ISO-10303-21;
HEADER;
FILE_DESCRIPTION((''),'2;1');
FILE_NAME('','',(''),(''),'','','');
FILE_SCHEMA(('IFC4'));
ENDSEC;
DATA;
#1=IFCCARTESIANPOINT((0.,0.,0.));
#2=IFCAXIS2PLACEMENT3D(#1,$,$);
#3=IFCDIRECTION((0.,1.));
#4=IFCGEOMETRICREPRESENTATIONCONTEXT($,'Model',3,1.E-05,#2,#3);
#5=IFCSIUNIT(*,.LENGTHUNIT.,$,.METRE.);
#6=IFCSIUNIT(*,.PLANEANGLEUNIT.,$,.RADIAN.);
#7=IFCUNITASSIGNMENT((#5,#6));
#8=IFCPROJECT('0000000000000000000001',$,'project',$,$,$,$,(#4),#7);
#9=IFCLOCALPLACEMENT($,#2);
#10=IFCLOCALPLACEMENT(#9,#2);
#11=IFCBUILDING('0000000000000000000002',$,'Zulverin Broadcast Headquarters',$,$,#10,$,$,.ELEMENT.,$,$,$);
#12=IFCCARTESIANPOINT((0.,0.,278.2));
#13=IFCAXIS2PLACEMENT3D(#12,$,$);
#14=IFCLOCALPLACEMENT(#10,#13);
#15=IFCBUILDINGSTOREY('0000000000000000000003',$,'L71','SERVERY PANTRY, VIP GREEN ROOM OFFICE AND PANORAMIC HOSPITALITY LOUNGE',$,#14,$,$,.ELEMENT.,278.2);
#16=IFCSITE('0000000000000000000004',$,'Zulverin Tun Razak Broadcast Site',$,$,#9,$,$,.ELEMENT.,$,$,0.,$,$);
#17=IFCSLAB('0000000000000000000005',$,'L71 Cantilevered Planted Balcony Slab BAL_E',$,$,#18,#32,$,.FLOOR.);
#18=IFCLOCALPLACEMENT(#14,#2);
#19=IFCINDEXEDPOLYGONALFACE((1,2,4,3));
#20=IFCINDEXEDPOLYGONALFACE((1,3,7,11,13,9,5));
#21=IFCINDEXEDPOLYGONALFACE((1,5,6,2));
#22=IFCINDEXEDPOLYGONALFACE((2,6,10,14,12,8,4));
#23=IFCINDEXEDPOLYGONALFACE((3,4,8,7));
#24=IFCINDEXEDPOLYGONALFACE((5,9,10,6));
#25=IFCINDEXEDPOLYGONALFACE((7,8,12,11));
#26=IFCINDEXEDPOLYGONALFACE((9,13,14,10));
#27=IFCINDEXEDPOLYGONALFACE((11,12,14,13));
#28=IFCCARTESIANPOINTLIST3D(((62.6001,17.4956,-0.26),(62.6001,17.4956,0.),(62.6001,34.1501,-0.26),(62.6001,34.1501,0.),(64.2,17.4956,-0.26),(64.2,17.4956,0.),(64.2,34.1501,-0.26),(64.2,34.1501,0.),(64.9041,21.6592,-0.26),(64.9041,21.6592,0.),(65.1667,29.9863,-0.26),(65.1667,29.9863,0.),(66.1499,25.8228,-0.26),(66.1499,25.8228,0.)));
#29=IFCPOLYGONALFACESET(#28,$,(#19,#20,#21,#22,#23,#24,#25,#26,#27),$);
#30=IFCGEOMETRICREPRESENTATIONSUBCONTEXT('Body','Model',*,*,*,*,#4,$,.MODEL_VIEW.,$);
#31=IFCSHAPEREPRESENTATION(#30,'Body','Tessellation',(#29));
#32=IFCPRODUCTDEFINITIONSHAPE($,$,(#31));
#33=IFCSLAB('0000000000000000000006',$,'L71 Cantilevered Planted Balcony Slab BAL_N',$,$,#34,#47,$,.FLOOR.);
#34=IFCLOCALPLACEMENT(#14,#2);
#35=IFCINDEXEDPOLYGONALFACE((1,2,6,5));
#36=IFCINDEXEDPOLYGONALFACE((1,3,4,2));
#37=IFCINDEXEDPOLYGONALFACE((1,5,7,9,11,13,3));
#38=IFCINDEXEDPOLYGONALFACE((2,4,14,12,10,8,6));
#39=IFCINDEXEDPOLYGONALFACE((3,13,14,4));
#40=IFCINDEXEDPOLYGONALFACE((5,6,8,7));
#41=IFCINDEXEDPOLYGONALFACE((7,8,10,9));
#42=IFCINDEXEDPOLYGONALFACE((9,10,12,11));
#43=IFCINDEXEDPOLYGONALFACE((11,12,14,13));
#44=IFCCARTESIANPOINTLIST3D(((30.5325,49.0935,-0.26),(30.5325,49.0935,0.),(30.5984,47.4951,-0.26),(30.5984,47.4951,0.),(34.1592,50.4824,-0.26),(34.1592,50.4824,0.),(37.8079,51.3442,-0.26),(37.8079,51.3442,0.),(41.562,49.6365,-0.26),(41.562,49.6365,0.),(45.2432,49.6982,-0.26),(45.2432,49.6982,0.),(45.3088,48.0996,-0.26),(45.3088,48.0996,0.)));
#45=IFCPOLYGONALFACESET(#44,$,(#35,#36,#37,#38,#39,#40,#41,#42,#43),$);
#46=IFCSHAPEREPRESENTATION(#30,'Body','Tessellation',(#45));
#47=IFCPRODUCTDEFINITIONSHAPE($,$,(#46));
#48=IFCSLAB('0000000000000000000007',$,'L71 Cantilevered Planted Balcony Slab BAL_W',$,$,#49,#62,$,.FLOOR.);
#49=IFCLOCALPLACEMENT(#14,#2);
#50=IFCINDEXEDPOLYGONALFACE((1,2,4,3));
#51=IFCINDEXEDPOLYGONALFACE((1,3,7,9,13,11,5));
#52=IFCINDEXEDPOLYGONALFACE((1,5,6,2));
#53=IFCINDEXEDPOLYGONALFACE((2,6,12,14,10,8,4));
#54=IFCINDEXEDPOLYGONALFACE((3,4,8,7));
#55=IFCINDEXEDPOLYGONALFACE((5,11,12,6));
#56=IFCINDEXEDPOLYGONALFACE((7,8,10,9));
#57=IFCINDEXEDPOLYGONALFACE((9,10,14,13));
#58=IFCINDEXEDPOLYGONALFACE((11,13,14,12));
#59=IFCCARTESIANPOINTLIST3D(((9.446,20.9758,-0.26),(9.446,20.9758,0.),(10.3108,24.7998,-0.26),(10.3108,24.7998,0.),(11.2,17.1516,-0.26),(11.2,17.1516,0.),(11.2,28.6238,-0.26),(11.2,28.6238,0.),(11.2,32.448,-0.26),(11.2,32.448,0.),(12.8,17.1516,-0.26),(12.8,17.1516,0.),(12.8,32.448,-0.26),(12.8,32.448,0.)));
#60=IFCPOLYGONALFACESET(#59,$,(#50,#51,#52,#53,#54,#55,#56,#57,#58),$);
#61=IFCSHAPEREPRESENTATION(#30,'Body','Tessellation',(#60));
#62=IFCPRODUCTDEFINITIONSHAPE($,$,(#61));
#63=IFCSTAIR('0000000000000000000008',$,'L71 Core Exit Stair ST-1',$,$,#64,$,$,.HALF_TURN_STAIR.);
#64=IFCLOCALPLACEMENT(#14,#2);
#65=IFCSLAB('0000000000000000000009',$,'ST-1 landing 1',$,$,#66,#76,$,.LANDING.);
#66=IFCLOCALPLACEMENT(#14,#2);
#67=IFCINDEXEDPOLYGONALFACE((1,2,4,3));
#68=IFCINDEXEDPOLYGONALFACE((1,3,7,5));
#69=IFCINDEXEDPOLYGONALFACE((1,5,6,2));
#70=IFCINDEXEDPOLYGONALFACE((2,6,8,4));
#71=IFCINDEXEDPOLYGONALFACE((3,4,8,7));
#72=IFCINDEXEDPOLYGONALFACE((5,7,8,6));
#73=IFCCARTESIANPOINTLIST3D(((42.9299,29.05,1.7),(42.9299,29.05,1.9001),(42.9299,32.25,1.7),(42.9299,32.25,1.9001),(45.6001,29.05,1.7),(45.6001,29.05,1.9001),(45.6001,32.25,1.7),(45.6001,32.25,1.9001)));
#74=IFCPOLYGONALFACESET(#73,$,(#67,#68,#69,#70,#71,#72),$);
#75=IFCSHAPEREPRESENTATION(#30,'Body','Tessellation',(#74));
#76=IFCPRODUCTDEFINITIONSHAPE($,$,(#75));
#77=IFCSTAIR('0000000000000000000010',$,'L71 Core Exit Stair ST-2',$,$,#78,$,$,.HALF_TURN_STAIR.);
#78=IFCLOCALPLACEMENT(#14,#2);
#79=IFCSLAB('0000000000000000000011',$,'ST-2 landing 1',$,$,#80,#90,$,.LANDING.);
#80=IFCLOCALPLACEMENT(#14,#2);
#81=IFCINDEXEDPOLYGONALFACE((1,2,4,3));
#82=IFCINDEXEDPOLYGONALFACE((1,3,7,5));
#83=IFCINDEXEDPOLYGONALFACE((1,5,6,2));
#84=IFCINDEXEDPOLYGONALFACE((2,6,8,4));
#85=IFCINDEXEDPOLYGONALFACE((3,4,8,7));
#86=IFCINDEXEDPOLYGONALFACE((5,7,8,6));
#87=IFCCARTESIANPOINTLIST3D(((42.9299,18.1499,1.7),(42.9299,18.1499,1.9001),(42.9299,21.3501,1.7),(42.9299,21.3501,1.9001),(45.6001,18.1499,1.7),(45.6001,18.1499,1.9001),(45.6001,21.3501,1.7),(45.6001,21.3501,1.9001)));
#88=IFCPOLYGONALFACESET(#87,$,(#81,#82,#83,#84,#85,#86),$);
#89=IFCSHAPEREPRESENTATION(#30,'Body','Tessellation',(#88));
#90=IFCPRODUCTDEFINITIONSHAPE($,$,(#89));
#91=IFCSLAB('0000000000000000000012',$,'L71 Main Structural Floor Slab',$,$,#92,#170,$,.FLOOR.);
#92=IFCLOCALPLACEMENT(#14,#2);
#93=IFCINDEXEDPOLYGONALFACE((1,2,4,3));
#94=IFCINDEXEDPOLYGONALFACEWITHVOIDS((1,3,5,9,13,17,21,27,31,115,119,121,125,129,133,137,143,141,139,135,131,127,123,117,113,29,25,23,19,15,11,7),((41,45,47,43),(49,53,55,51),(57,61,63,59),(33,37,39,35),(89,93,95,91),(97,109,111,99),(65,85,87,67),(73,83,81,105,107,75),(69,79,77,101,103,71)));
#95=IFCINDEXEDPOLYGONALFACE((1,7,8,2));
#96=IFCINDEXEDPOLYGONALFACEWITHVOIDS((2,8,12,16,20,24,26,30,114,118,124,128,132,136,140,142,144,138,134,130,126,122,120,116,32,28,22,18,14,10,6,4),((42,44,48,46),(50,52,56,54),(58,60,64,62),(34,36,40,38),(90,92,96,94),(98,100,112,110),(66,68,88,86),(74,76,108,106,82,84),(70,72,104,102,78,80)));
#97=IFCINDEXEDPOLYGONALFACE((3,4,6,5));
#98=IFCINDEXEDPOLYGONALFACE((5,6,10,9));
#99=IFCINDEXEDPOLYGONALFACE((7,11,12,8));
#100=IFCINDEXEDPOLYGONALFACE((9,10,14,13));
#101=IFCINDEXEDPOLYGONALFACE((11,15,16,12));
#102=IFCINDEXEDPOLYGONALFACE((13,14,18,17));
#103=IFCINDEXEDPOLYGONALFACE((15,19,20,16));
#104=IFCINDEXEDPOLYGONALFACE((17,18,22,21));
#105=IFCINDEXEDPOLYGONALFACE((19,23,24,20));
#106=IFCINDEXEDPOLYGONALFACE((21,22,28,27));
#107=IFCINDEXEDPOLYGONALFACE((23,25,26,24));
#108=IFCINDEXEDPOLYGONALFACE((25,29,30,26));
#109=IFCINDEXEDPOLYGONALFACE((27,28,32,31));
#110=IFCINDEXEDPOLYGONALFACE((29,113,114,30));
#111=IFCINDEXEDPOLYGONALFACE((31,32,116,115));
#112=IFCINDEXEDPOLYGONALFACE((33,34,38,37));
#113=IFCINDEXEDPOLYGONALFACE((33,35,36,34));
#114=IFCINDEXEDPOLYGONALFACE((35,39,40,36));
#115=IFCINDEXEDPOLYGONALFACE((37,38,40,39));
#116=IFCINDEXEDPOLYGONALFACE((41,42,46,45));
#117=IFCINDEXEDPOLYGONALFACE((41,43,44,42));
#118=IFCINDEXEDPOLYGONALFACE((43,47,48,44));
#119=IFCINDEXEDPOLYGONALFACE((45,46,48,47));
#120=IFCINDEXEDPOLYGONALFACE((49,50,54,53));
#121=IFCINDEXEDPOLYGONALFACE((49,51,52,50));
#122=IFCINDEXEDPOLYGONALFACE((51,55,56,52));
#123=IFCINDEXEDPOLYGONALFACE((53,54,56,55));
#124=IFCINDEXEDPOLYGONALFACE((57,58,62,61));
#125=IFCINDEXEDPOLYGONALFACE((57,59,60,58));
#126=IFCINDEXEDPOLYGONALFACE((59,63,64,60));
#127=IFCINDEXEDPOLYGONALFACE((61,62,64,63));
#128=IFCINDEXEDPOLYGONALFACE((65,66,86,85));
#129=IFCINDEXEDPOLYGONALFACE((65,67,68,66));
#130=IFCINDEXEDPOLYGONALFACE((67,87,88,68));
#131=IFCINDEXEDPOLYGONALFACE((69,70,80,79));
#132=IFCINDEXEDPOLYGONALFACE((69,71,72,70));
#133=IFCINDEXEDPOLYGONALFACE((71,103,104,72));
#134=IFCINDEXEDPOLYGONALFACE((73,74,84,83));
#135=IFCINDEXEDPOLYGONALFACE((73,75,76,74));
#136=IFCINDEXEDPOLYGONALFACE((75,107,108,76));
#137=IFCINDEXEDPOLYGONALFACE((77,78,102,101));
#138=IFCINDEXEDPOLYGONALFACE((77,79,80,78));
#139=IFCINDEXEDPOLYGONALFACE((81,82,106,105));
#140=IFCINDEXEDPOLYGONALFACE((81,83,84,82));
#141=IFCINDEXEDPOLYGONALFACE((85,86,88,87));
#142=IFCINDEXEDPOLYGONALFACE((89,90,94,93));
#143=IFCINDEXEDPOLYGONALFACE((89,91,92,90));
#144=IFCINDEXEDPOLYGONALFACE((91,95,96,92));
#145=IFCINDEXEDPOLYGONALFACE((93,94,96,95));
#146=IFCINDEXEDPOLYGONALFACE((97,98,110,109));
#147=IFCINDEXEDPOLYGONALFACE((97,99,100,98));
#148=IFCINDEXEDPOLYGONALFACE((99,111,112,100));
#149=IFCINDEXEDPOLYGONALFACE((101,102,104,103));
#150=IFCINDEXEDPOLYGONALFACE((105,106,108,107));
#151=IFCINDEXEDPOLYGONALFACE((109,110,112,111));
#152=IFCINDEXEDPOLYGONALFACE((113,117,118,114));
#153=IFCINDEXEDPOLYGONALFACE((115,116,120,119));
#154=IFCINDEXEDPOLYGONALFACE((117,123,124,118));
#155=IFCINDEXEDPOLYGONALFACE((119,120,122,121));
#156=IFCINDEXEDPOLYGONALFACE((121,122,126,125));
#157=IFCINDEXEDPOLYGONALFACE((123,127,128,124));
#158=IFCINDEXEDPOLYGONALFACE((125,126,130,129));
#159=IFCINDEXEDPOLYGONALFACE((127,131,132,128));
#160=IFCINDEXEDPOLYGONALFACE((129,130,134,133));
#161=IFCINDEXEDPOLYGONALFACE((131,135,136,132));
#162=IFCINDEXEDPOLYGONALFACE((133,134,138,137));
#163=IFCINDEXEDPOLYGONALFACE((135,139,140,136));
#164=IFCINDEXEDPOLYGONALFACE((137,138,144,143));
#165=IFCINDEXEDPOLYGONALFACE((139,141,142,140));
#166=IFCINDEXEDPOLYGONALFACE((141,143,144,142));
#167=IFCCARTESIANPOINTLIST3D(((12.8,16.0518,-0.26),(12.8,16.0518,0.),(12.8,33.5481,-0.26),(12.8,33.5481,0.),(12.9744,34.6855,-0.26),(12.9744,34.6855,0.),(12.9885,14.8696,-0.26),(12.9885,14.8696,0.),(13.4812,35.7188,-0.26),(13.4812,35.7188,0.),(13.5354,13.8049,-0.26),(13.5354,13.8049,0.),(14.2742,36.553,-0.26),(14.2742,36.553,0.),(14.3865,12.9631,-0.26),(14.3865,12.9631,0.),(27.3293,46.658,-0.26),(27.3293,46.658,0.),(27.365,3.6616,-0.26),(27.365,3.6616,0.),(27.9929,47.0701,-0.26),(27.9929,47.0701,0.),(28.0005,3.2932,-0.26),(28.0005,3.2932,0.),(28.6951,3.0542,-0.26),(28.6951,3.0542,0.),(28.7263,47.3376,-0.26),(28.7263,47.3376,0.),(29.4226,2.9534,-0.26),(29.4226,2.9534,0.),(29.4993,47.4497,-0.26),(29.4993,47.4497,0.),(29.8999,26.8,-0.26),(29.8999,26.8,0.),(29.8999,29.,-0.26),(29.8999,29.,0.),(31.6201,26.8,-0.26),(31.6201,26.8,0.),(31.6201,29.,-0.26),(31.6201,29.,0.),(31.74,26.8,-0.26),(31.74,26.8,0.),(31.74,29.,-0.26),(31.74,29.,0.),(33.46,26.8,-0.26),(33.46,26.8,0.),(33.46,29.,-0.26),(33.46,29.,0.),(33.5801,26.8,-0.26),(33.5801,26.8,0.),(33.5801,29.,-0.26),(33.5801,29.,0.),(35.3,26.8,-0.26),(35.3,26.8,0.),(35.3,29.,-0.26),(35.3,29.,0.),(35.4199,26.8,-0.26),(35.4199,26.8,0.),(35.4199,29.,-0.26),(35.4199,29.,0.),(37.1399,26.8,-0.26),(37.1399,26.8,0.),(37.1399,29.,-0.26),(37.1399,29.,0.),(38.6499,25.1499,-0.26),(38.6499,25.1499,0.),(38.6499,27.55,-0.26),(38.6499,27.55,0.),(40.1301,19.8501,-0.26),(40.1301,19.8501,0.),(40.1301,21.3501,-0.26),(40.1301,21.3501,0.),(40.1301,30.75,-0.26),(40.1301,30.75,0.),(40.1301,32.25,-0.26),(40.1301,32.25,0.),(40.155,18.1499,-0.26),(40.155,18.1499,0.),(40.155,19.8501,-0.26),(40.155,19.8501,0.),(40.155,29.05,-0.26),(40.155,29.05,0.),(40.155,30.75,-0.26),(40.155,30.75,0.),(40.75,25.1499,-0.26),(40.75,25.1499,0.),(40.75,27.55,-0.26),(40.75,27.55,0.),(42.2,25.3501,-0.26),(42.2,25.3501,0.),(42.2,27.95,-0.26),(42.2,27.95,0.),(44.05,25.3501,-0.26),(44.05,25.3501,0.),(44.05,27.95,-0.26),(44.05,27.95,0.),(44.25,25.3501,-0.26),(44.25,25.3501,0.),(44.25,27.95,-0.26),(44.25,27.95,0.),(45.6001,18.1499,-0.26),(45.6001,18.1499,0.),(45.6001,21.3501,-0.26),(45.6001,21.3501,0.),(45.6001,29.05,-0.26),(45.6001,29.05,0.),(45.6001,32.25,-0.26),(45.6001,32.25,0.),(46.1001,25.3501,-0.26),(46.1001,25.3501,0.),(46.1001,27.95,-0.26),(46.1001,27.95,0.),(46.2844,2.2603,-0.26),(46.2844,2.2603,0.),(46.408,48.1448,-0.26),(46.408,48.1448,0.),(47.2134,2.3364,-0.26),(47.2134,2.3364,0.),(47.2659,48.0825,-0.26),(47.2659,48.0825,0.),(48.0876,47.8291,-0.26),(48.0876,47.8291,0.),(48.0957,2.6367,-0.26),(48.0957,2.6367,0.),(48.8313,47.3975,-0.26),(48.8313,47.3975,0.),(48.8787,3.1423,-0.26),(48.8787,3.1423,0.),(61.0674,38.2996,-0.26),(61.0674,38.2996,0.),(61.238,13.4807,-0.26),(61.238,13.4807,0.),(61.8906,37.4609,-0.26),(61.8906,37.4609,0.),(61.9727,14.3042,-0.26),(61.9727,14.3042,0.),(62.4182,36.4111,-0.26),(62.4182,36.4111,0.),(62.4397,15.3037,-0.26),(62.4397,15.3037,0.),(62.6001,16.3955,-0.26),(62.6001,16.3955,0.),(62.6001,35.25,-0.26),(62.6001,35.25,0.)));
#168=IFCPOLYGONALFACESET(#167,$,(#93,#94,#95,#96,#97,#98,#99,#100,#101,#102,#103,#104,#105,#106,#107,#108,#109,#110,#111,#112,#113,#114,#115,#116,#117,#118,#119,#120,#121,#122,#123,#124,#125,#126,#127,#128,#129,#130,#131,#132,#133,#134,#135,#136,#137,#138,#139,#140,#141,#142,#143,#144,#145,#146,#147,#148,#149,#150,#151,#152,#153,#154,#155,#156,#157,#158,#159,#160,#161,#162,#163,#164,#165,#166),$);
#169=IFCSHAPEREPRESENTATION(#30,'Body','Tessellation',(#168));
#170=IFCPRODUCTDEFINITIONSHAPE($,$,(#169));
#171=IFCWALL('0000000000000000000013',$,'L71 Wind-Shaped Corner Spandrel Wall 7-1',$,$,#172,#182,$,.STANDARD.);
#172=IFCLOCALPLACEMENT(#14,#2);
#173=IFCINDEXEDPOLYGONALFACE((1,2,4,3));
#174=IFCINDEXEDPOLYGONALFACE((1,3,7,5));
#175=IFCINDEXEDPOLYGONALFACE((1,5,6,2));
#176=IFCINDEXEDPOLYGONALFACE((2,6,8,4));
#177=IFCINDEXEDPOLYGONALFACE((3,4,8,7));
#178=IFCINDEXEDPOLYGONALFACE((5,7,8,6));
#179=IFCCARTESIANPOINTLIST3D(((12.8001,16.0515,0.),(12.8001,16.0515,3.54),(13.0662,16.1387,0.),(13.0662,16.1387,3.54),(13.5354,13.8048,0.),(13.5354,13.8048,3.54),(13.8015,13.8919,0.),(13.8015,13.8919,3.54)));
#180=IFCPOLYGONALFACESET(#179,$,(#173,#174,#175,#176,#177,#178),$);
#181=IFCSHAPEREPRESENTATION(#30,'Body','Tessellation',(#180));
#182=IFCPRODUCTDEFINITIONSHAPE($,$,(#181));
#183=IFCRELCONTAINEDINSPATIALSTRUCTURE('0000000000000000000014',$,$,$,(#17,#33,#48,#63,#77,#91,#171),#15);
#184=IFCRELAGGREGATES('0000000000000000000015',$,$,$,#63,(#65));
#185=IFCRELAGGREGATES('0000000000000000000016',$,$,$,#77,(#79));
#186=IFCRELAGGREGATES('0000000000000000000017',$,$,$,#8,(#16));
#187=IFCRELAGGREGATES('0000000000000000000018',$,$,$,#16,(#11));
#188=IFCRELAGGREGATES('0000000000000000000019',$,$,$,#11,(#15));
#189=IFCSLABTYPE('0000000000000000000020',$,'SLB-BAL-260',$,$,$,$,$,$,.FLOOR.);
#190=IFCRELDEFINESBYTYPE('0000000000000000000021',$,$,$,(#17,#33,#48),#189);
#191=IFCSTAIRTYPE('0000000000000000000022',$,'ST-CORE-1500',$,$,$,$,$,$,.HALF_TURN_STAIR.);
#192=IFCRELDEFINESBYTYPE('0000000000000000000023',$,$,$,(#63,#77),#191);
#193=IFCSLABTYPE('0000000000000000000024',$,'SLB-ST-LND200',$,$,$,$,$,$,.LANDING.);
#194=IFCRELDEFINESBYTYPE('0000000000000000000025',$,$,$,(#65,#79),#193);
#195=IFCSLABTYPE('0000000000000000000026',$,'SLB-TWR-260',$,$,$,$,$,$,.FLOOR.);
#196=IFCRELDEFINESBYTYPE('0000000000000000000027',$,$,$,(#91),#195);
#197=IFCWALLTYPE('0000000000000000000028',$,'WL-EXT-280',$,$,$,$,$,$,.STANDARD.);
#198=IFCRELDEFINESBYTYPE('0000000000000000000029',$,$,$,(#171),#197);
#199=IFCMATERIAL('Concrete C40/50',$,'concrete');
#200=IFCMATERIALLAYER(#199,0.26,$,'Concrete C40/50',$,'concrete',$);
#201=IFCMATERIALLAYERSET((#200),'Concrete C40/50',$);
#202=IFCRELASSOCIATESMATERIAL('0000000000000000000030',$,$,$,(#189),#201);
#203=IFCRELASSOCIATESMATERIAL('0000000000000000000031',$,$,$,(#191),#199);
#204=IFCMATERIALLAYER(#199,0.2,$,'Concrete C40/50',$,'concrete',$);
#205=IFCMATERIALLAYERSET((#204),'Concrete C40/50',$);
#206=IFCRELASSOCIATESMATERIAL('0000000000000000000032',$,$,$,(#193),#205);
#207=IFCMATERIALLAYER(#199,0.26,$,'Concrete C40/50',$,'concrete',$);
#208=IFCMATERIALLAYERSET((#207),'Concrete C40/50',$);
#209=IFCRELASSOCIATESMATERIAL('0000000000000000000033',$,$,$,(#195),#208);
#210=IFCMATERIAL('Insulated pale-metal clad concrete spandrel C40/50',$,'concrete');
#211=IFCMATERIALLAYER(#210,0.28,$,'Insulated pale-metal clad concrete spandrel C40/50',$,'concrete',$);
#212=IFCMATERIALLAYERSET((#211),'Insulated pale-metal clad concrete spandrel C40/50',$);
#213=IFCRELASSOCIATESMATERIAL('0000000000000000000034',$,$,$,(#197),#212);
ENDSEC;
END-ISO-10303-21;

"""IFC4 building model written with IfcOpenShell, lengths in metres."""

from ifc_helpers import new_model, si_unit, direction, frame, frame_2d, origin, place, context, subcontext, project, spatial, polyline, rectangle, outline, extrude, material, layer, layer_set, type_object, element, aggregate, save


model = new_model("IFC4")

# Units and contexts
model_context = context("Model", 3, precision=1e-05, world=origin(), true_north=direction((0.0, 1.0)))
body_context = subcontext(model_context, "Body", "Model", "MODEL_VIEW")
ifc_project = project(units=[si_unit("LENGTHUNIT", "METRE"), si_unit("PLANEANGLEUNIT", "RADIAN")], contexts=[model_context])

# Site, building, storey
site_placement = place(None, origin())
site = spatial("IfcSite", under=ifc_project, at=site_placement, Name="Zulverin Tun Razak Broadcast Site", CompositionType="ELEMENT", RefElevation=0.0)
building_placement = place(site_placement, origin())
building = spatial("IfcBuilding", under=site, at=building_placement, Name="Zulverin Broadcast Headquarters", CompositionType="ELEMENT")
storey_placement = place(building_placement, frame((0.0, 0.0, 278.2)))
storey = spatial("IfcBuildingStorey", under=building, at=storey_placement, Name="L71", Description="SERVERY PANTRY, VIP GREEN ROOM OFFICE AND PANORAMIC HOSPITALITY LOUNGE", CompositionType="ELEMENT", Elevation=278.2)

# Slabs
ifc_material_1 = material(Name="Concrete C40/50", Category="concrete")
ifc_layer_1 = layer(ifc_material_1, 0.26, Name="Concrete C40/50", Category="concrete")
ifc_layer_set_1 = layer_set([ifc_layer_1], Name="Concrete C40/50")
slab_type_1 = type_object("IfcSlabType", Name="SLB-BAL-260", PredefinedType="FLOOR", material=ifc_layer_set_1)
slab_1_placement = place(storey_placement, frame((0.0, 0.0, -0.26)))
element("IfcSlab", 1, at=slab_1_placement, inside=storey, type_object=slab_type_1, Name="L71 Cantilevered Planted Balcony Slab BAL_E", PredefinedType="FLOOR", context=body_context, shape_type="SweptSolid", body=[
    extrude(outline(polyline([(62.6001, 34.1501), (62.6001, 17.4956), (64.2, 17.4956), (64.9041, 21.6592), (66.1499, 25.8228), (65.1667, 29.9863), (64.2, 34.1501), (62.6001, 34.1501)])), origin(), (0.0, 0.0, 1.0), 0.26),
])
slab_2_placement = place(storey_placement, frame((0.0, 0.0, -0.26)))
element("IfcSlab", 2, at=slab_2_placement, inside=storey, type_object=slab_type_1, Name="L71 Cantilevered Planted Balcony Slab BAL_N", PredefinedType="FLOOR", context=body_context, shape_type="SweptSolid", body=[
    extrude(outline(polyline([(30.5984, 47.4951), (45.3088, 48.0996), (45.2432, 49.6982), (41.562, 49.6365), (37.8079, 51.3442), (34.1592, 50.4824), (30.5325, 49.0935), (30.5984, 47.4951)])), origin(), (0.0, 0.0, 1.0), 0.26),
])
slab_3_placement = place(storey_placement, frame((0.0, 0.0, -0.26)))
element("IfcSlab", 3, at=slab_3_placement, inside=storey, type_object=slab_type_1, Name="L71 Cantilevered Planted Balcony Slab BAL_W", PredefinedType="FLOOR", context=body_context, shape_type="SweptSolid", body=[
    extrude(outline(polyline([(12.8, 17.1516), (12.8, 32.448), (11.2, 32.448), (11.2, 28.6238), (10.3108, 24.7998), (9.446, 20.9758), (11.2, 17.1516), (12.8, 17.1516)])), origin(), (0.0, 0.0, 1.0), 0.26),
])

# Stairs, slabs
stair_type = type_object("IfcStairType", Name="ST-CORE-1500", PredefinedType="HALF_TURN_STAIR", material=ifc_material_1)
stair_1_placement = place(storey_placement, origin())
stair_1 = element("IfcStair", 4, at=stair_1_placement, inside=storey, type_object=stair_type, Name="L71 Core Exit Stair ST-1", PredefinedType="HALF_TURN_STAIR")
ifc_layer_2 = layer(ifc_material_1, 0.2, Name="Concrete C40/50", Category="concrete")
ifc_layer_set_2 = layer_set([ifc_layer_2], Name="Concrete C40/50")
slab_type_2 = type_object("IfcSlabType", Name="SLB-ST-LND200", PredefinedType="LANDING", material=ifc_layer_set_2)
slab_4_placement = place(storey_placement, frame((0.0, 0.0, 1.7)))
slab_4 = element("IfcSlab", 5, at=slab_4_placement, type_object=slab_type_2, Name="ST-1 landing 1", PredefinedType="LANDING", context=body_context, shape_type="SweptSolid", body=[
    extrude(outline(polyline([(42.9299, 29.05), (45.6001, 29.05), (45.6001, 32.25), (42.9299, 32.25), (42.9299, 29.05)])), origin(), (0.0, 0.0, 1.0), 0.2002),
])
aggregate(stair_1, [slab_4])
stair_2_placement = place(storey_placement, origin())
stair_2 = element("IfcStair", 6, at=stair_2_placement, inside=storey, type_object=stair_type, Name="L71 Core Exit Stair ST-2", PredefinedType="HALF_TURN_STAIR")
slab_5_placement = place(storey_placement, frame((0.0, 0.0, 1.7)))
slab_5 = element("IfcSlab", 7, at=slab_5_placement, type_object=slab_type_2, Name="ST-2 landing 1", PredefinedType="LANDING", context=body_context, shape_type="SweptSolid", body=[
    extrude(outline(polyline([(42.9299, 18.1499), (45.6001, 18.1499), (45.6001, 21.3501), (42.9299, 21.3501), (42.9299, 18.1499)])), origin(), (0.0, 0.0, 1.0), 0.2002),
])
aggregate(stair_2, [slab_5])

# Slab
ifc_layer_3 = layer(ifc_material_1, 0.26, Name="Concrete C40/50", Category="concrete")
ifc_layer_set_3 = layer_set([ifc_layer_3], Name="Concrete C40/50")
slab_type_3 = type_object("IfcSlabType", Name="SLB-TWR-260", PredefinedType="FLOOR", material=ifc_layer_set_3)
slab_6_placement = place(storey_placement, frame((0.0, 0.0, -0.26)))
element("IfcSlab", 8, at=slab_6_placement, inside=storey, type_object=slab_type_3, Name="L71 Main Structural Floor Slab", PredefinedType="FLOOR", context=body_context, shape_type="SweptSolid", body=[
    extrude(outline(polyline([(27.365, 3.6616), (28.0005, 3.2932), (28.6951, 3.0542), (29.4226, 2.9534), (46.2844, 2.2603), (47.2134, 2.3364), (48.0957, 2.6367), (48.8787, 3.1423), (61.238, 13.4807), (61.9727, 14.3042), (62.4397, 15.3037), (62.6001, 16.3955), (62.6001, 35.25), (62.4182, 36.4111), (61.8906, 37.4609), (61.0674, 38.2996), (48.8313, 47.3975), (48.0876, 47.8291), (47.2659, 48.0825), (46.408, 48.1448), (29.4993, 47.4497), (28.7263, 47.3376), (27.9929, 47.0701), (27.3293, 46.658), (14.2742, 36.553), (13.4812, 35.7188), (12.9744, 34.6855), (12.8, 33.5481), (12.8, 16.0518), (12.9885, 14.8696), (13.5354, 13.8049), (14.3865, 12.9631), (27.365, 3.6616)]), holes=[polyline([(40.155, 30.75), (40.1301, 30.75), (40.1301, 32.25), (45.6001, 32.25), (45.6001, 29.05), (40.155, 29.05), (40.155, 30.75)]), polyline([(40.155, 19.8501), (40.1301, 19.8501), (40.1301, 21.3501), (45.6001, 21.3501), (45.6001, 18.1499), (40.155, 18.1499), (40.155, 19.8501)]), polyline([(29.8999, 26.8), (31.6201, 26.8), (31.6201, 29.0), (29.8999, 29.0), (29.8999, 26.8)]), polyline([(31.74, 26.8), (33.46, 26.8), (33.46, 29.0), (31.74, 29.0), (31.74, 26.8)]), polyline([(33.5801, 26.8), (35.3, 26.8), (35.3, 29.0), (33.5801, 29.0), (33.5801, 26.8)]), polyline([(35.4199, 26.8), (37.1399, 26.8), (37.1399, 29.0), (35.4199, 29.0), (35.4199, 26.8)]), polyline([(42.2, 25.3501), (44.05, 25.3501), (44.05, 27.95), (42.2, 27.95), (42.2, 25.3501)]), polyline([(44.25, 25.3501), (46.1001, 25.3501), (46.1001, 27.95), (44.25, 27.95), (44.25, 25.3501)]), polyline([(38.6499, 25.1499), (40.75, 25.1499), (40.75, 27.55), (38.6499, 27.55), (38.6499, 25.1499)])]), origin(), (0.0, 0.0, 1.0), 0.26),
])

# Wall
ifc_material_2 = material(Name="Insulated pale-metal clad concrete spandrel C40/50", Category="concrete")
ifc_layer_4 = layer(ifc_material_2, 0.28, Name="Insulated pale-metal clad concrete spandrel C40/50", Category="concrete")
ifc_layer_set_4 = layer_set([ifc_layer_4], Name="Insulated pale-metal clad concrete spandrel C40/50")
wall_type_1 = type_object("IfcWallType", Name="WL-EXT-280", PredefinedType="STANDARD", material=ifc_layer_set_4)
wall_1_placement = place(storey_placement, frame((12.9331, 16.0952, 0.0), z_axis=(0.0, 0.0, 1.0), x_axis=(0.311049, -0.950394, 0.0)))
element("IfcWall", 9, at=wall_1_placement, inside=storey, type_object=wall_type_1, Name="L71 Wind-Shaped Corner Spandrel Wall 7-1", PredefinedType="STANDARD", context=body_context, shape_type="SweptSolid", body=[
    extrude(rectangle(XDim=2.364, YDim=0.28, at=frame_2d((1.1821, 0.0))), origin(), (0.0, 0.0, 1.0), 3.54),
])

save(model, "model.ifc")
